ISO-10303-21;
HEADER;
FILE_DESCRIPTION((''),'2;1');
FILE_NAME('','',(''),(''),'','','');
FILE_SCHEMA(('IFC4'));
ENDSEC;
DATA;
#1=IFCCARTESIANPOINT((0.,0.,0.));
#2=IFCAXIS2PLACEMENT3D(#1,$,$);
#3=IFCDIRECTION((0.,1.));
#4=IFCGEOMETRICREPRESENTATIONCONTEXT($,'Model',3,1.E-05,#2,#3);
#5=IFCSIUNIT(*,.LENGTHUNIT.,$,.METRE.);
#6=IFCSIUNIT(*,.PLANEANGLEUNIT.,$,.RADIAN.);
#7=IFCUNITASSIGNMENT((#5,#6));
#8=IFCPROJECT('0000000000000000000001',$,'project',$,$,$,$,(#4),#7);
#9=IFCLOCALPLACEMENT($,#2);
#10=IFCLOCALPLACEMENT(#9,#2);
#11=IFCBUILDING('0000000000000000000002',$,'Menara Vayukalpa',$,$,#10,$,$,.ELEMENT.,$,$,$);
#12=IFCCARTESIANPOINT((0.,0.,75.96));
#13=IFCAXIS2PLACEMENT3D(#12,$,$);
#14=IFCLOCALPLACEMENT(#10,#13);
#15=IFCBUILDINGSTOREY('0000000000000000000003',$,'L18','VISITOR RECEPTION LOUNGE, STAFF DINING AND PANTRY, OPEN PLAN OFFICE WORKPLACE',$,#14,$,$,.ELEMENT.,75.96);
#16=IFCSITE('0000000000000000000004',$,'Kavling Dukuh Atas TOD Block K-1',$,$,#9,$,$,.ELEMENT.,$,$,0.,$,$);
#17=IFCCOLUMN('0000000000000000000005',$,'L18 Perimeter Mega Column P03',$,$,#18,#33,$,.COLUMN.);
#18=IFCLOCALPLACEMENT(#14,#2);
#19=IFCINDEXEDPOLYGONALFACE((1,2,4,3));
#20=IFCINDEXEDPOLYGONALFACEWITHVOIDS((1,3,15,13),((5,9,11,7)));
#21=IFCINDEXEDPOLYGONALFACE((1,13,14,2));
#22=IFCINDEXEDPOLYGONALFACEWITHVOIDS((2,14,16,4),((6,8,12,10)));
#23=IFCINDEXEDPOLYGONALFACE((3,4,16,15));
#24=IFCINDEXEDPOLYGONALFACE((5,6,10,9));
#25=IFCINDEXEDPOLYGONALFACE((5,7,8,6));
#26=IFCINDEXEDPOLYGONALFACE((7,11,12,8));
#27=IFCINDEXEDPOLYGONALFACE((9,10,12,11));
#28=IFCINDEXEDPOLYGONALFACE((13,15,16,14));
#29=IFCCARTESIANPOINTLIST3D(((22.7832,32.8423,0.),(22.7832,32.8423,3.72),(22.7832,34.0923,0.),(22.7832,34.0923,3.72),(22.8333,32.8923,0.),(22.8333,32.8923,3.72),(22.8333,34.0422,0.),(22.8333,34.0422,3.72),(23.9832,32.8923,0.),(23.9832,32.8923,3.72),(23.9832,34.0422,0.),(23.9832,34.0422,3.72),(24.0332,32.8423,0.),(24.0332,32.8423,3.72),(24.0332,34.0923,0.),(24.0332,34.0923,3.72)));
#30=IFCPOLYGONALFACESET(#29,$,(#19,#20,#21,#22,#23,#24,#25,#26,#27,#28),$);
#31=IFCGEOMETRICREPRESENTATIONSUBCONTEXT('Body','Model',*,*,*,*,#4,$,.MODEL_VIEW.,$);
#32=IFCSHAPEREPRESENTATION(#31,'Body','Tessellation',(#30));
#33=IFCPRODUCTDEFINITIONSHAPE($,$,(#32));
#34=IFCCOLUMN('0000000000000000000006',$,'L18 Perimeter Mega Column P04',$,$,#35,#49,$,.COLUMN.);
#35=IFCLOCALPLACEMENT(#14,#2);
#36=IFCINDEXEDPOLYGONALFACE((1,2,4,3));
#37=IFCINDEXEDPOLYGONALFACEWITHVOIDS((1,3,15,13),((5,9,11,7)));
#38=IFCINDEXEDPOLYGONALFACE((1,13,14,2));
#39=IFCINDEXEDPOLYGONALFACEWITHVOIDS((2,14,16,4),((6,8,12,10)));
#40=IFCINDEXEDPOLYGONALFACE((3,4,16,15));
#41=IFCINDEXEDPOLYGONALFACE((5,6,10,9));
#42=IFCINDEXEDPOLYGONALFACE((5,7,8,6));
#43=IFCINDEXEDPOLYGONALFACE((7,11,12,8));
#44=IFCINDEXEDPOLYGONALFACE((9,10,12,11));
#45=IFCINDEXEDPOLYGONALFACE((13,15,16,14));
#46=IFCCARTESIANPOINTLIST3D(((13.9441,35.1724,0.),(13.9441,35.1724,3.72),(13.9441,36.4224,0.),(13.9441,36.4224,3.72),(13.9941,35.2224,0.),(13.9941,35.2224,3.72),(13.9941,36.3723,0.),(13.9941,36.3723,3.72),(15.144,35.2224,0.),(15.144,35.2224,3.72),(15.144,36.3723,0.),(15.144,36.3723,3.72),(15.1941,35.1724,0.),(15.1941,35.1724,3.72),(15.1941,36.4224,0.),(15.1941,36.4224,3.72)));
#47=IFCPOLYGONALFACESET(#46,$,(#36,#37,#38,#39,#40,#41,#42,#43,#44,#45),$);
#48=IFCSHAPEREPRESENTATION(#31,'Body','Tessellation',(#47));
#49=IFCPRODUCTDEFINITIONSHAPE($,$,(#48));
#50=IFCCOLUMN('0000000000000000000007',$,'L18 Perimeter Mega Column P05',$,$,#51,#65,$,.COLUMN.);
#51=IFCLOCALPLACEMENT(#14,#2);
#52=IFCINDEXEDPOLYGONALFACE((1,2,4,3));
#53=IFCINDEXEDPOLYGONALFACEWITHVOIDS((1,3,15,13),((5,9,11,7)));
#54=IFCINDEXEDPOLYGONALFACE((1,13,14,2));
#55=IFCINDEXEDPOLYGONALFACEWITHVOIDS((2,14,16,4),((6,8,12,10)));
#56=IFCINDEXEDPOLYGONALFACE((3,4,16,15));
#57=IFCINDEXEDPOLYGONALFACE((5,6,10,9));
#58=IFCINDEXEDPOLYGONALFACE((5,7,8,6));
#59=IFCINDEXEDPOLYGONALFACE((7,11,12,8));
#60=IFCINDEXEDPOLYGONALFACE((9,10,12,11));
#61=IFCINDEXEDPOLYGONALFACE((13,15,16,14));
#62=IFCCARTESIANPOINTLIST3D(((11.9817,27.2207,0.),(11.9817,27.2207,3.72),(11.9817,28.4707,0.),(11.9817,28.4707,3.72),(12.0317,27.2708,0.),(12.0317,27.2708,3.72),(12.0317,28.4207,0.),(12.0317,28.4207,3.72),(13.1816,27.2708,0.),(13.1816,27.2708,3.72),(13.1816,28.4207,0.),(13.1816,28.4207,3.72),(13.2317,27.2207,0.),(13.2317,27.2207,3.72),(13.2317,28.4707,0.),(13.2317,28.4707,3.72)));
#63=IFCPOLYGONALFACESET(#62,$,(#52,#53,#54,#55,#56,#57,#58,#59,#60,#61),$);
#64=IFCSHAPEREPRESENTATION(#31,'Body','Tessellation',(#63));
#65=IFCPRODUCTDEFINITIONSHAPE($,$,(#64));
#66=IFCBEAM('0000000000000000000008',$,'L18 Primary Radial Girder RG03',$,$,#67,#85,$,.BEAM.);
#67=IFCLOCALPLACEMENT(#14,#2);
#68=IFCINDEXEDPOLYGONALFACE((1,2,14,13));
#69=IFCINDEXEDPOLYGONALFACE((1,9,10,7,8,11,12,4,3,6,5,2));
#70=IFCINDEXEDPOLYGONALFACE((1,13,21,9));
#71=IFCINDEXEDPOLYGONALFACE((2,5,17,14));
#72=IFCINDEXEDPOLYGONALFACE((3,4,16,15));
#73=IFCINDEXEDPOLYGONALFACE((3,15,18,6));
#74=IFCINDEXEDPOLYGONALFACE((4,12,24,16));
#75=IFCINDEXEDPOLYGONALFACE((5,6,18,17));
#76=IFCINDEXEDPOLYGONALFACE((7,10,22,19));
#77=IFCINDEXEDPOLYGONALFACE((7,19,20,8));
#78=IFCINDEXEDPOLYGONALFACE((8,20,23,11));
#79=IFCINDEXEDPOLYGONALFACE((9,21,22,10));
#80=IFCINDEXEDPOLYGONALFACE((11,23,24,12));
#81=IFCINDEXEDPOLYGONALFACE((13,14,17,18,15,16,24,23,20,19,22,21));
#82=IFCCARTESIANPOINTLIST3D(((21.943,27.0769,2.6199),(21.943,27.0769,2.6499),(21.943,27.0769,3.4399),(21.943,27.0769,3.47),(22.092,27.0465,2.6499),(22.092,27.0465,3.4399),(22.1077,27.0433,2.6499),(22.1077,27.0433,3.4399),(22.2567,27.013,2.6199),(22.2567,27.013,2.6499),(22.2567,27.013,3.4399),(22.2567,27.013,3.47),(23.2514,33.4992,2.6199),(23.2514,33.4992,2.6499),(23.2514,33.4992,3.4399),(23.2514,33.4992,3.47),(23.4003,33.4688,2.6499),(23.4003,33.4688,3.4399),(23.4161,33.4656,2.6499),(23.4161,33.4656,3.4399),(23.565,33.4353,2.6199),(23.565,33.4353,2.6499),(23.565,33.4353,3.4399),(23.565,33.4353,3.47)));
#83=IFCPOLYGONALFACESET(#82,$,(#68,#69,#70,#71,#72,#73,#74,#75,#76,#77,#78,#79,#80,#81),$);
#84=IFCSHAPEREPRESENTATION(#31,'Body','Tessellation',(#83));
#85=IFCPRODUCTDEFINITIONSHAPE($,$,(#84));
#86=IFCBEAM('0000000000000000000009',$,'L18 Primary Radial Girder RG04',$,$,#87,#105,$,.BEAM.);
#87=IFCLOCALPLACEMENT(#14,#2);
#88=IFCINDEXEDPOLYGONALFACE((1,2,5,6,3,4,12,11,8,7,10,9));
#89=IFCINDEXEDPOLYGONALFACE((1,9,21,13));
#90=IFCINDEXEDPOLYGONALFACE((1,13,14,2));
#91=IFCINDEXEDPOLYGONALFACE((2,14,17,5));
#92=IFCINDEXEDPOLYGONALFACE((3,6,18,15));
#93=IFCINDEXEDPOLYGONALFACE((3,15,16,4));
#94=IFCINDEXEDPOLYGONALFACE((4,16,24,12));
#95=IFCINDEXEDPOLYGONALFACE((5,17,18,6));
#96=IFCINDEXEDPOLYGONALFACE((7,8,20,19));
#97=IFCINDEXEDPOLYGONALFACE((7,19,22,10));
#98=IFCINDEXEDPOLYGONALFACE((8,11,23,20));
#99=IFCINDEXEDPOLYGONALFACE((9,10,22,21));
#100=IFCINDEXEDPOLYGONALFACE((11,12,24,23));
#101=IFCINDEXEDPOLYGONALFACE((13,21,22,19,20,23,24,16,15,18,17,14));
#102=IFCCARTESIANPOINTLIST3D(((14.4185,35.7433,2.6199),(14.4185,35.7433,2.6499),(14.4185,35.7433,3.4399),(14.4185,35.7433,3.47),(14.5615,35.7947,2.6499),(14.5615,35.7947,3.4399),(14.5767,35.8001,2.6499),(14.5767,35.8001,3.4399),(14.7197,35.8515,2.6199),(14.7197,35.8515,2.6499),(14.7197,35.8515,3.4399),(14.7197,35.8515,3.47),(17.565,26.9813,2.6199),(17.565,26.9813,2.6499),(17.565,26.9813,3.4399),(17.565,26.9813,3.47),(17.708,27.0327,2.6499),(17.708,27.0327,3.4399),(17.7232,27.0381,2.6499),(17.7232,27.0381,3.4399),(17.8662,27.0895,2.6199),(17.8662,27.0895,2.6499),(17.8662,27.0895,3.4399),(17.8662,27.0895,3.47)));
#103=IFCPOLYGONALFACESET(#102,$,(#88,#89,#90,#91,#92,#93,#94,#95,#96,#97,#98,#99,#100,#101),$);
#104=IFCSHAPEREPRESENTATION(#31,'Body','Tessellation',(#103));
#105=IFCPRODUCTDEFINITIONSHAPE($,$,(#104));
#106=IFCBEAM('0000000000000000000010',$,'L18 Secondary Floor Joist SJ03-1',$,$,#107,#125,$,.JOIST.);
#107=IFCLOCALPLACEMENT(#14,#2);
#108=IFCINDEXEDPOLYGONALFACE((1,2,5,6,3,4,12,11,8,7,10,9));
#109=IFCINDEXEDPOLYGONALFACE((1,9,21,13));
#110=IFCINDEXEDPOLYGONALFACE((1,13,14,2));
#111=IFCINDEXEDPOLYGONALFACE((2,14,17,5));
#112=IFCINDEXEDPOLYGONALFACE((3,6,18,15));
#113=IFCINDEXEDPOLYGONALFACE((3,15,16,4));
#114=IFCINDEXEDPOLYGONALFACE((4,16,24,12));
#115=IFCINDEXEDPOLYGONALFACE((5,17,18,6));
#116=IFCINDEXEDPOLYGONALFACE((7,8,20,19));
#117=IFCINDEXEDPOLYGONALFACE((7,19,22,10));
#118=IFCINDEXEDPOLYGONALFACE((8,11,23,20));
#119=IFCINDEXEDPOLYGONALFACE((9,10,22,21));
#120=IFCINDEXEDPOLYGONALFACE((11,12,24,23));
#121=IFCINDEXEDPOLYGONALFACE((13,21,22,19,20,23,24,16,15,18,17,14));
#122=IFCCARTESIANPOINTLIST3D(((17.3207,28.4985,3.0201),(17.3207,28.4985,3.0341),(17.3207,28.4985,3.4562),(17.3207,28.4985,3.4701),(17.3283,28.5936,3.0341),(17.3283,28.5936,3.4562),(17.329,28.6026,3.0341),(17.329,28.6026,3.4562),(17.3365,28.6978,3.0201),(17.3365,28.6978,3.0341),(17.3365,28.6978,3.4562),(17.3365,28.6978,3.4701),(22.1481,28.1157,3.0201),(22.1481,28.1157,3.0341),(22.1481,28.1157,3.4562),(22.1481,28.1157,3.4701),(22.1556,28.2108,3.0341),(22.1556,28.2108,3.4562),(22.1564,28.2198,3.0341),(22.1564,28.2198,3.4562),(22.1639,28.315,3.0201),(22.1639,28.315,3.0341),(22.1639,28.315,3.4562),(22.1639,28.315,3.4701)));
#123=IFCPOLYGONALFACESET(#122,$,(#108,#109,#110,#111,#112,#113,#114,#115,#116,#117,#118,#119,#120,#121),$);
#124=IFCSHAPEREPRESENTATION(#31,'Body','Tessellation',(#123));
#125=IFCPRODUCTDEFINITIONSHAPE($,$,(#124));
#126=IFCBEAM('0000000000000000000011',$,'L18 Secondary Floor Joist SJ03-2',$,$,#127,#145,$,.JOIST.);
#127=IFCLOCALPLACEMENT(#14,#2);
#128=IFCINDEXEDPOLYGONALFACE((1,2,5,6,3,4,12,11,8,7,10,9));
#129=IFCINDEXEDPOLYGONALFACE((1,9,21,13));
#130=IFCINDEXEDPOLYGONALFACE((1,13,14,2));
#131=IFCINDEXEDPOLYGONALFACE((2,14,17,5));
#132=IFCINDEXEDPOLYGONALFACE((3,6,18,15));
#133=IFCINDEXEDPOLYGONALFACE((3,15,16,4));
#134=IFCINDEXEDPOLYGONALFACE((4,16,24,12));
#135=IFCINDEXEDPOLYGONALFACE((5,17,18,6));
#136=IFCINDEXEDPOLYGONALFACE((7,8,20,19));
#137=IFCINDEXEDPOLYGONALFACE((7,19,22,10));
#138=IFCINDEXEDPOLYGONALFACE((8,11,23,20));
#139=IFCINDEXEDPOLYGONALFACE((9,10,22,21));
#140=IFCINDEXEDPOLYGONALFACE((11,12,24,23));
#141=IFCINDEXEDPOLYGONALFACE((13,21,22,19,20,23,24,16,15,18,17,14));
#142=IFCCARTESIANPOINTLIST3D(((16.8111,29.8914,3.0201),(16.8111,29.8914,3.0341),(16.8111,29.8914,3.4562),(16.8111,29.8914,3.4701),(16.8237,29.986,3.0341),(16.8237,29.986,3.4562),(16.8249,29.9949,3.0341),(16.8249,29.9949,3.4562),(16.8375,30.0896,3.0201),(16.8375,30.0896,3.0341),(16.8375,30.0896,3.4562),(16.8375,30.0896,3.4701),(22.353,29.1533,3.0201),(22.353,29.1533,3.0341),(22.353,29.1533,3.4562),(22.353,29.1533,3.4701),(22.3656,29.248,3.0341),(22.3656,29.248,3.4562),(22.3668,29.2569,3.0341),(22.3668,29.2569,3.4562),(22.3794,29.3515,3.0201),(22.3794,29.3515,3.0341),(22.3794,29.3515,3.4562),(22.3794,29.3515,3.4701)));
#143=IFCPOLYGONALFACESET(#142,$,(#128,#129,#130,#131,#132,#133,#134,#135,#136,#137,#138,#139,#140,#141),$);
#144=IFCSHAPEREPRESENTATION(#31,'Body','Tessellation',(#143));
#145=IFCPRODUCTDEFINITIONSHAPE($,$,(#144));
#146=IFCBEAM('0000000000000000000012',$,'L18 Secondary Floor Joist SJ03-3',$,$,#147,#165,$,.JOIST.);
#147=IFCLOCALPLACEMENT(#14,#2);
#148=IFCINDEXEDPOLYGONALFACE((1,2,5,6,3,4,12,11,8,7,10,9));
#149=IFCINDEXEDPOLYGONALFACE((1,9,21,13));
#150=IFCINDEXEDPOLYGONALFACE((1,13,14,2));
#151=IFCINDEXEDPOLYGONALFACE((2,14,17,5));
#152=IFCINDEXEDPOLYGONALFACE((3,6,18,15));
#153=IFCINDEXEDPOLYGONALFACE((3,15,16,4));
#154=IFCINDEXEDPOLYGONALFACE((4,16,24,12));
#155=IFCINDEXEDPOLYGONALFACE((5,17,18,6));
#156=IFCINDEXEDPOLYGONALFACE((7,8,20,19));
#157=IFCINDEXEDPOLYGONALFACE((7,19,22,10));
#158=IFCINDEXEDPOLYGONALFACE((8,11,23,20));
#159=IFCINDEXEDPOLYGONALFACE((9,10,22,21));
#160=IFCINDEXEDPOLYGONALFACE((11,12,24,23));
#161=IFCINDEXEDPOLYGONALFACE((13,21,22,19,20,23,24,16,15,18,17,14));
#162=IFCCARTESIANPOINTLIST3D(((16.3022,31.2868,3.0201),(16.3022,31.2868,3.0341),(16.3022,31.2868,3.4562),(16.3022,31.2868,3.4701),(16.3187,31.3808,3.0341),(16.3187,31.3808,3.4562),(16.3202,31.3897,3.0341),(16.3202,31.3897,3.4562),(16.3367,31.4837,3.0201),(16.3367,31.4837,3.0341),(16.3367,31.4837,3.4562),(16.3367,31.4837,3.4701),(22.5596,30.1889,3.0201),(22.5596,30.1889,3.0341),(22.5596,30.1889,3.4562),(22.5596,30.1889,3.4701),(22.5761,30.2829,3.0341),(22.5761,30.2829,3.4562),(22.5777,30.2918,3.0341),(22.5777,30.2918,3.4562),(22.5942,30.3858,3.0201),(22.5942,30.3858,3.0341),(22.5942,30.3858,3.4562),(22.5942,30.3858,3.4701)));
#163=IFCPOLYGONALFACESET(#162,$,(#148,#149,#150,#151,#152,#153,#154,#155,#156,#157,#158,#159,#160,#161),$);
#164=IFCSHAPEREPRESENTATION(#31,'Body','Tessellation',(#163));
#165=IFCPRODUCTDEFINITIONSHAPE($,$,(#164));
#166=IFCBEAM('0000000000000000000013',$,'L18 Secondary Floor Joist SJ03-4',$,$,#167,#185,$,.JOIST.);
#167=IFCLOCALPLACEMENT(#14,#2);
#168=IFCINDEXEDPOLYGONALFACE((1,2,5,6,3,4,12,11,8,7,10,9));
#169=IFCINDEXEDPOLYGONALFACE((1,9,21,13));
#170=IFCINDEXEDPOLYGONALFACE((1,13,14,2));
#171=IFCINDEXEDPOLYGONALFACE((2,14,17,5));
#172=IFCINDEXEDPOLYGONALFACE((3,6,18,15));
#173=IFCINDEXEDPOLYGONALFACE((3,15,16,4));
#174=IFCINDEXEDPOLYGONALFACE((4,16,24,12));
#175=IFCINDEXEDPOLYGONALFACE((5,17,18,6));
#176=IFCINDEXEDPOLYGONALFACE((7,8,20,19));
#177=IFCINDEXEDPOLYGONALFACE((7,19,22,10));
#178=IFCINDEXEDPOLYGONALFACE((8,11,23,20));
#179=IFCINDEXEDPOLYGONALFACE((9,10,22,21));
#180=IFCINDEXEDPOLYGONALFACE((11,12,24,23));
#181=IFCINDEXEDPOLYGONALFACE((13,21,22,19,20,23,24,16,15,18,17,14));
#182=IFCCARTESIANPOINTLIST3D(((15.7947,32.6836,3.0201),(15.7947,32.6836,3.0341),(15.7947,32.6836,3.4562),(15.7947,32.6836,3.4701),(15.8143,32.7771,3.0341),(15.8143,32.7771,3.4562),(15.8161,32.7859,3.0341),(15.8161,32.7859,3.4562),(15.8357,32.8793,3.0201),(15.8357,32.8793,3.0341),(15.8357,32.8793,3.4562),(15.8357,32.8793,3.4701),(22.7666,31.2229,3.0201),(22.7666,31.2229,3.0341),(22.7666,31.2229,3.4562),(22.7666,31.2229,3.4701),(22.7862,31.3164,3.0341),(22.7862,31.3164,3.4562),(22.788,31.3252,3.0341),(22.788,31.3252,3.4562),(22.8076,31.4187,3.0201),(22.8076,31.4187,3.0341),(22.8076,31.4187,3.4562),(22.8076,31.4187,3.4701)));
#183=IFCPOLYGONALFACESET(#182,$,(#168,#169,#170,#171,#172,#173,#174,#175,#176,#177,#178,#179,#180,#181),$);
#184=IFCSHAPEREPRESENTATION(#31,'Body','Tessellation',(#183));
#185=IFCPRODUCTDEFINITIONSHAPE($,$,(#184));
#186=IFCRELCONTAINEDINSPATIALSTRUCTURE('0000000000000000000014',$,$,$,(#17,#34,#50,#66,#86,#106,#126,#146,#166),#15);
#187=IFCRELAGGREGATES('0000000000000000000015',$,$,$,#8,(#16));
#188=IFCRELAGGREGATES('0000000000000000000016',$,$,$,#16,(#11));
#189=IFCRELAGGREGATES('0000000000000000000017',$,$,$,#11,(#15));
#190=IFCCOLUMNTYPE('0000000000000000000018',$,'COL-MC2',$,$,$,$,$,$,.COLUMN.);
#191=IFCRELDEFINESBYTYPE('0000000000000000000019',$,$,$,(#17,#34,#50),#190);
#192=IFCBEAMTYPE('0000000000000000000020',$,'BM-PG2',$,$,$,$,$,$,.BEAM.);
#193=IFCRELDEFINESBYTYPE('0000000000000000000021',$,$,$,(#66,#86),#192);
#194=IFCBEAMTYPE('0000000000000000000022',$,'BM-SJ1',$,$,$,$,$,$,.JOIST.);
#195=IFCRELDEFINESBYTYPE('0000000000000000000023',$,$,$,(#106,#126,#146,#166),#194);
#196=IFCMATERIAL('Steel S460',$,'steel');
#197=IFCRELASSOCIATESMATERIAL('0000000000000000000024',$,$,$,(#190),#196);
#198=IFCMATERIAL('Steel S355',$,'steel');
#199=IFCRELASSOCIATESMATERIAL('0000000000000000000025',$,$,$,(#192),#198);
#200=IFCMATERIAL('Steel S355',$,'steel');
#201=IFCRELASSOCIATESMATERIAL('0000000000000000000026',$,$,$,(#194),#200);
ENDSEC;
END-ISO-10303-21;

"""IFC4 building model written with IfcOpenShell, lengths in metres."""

from ifc_helpers import new_model, si_unit, direction, frame, origin, origin_2d, place, context, subcontext, project, spatial, hollow_rectangle, i_section, extrude, material, material_profile, profile_set, type_object, element, save


model = new_model("IFC4")

# Units and contexts
model_context = context("Model", 3, precision=1e-05, world=origin(), true_north=direction((0.0, 1.0)))
body_context = subcontext(model_context, "Body", "Model", "MODEL_VIEW")
ifc_project = project(units=[si_unit("LENGTHUNIT", "METRE"), si_unit("PLANEANGLEUNIT", "RADIAN")], contexts=[model_context])

# Site, building, storey
site_placement = place(None, origin())
site = spatial("IfcSite", under=ifc_project, at=site_placement, Name="Kavling Dukuh Atas TOD Block K-1", CompositionType="ELEMENT", RefElevation=0.0)
building_placement = place(site_placement, origin())
building = spatial("IfcBuilding", under=site, at=building_placement, Name="Menara Vayukalpa", CompositionType="ELEMENT")
storey_placement = place(building_placement, frame((0.0, 0.0, 75.96)))
storey = spatial("IfcBuildingStorey", under=building, at=storey_placement, Name="L18", Description="VISITOR RECEPTION LOUNGE, STAFF DINING AND PANTRY, OPEN PLAN OFFICE WORKPLACE", CompositionType="ELEMENT", Elevation=75.96)

# Columns
ifc_material_1 = material(Name="Steel S460", Category="steel")
ifc_material_profile_1 = material_profile(ifc_material_1, hollow_rectangle(XDim=1.25, YDim=1.25, WallThickness=0.05, at=origin_2d()), Name="BOX 1250x1250x50")
ifc_profile_set_1 = profile_set([ifc_material_profile_1], Name="Steel S460")
column_type = type_object("IfcColumnType", Name="COL-MC2", PredefinedType="COLUMN", material=ifc_profile_set_1)
for number, where, z_axis, x_axis, name in (
    (1, (23.4082, 33.4673, 0.0), (0.0, 0.0, 1.0), (1.0, 0.0, 0.0), "L18 Perimeter Mega Column P03"),
    (2, (14.5691, 35.7974, 0.0), (0.0, 0.0, 1.0), (1.0, 0.0, 0.0), "L18 Perimeter Mega Column P04"),
    (3, (12.6067, 27.8457, 0.0), (0.0, 0.0, 1.0), (1.0, 0.0, 0.0), "L18 Perimeter Mega Column P05"),
):
    element("IfcColumn", number, at=place(storey_placement, frame(where, z_axis=z_axis, x_axis=x_axis)), inside=storey, type_object=column_type, Name=name, PredefinedType="COLUMN", context=body_context, shape_type="SweptSolid", body=[
        extrude(hollow_rectangle(XDim=1.25, YDim=1.25, WallThickness=0.05, at=origin_2d()), origin(), (0.0, 0.0, 1.0), 3.72),
    ])

# Beams
ifc_material_2 = material(Name="Steel S355", Category="steel")
ifc_material_profile_2 = material_profile(ifc_material_2, i_section(OverallWidth=0.3201, OverallDepth=0.8501, WebThickness=0.0161, FlangeThickness=0.03, at=origin_2d()), Name="WF 850x320x16x30")
ifc_profile_set_2 = profile_set([ifc_material_profile_2], Name="Steel S355")
beam_type_1 = type_object("IfcBeamType", Name="BM-PG2", PredefinedType="BEAM", material=ifc_profile_set_2)
beam_1_placement = place(storey_placement, frame((22.0999, 27.0449, 3.0449), z_axis=(0.199618, 0.979874, 0.0), x_axis=(-0.979874, 0.199618, 0.0)))
element("IfcBeam", 4, at=beam_1_placement, inside=storey, type_object=beam_type_1, Name="L18 Primary Radial Girder RG03", PredefinedType="BEAM", context=body_context, shape_type="SweptSolid", body=[
    extrude(i_section(OverallWidth=0.3201, OverallDepth=0.8501, WebThickness=0.0161, FlangeThickness=0.03, at=origin_2d()), origin(), (0.0, 0.0, 1.0), 6.5542),
])
beam_2_placement = place(storey_placement, frame((17.7156, 27.0354, 3.0449), z_axis=(-0.337976, 0.941155, 0.0), x_axis=(-0.941155, -0.337976, 0.0)))
element("IfcBeam", 5, at=beam_2_placement, inside=storey, type_object=beam_type_1, Name="L18 Primary Radial Girder RG04", PredefinedType="BEAM", context=body_context, shape_type="SweptSolid", body=[
    extrude(i_section(OverallWidth=0.3201, OverallDepth=0.8501, WebThickness=0.0161, FlangeThickness=0.03, at=origin_2d()), origin(), (0.0, 0.0, 1.0), 9.3098),
])
ifc_material_3 = material(Name="Steel S355", Category="steel")
ifc_material_profile_3 = material_profile(ifc_material_3, i_section(OverallWidth=0.2, OverallDepth=0.45, WebThickness=0.009, FlangeThickness=0.0139, at=origin_2d()), Name="WF 450x200x9x14")
ifc_profile_set_3 = profile_set([ifc_material_profile_3], Name="Steel S355")
beam_type_2 = type_object("IfcBeamType", Name="BM-SJ1", PredefinedType="JOIST", material=ifc_profile_set_3)
beam_3_placement = place(storey_placement, frame((22.156, 28.2153, 3.2451), z_axis=(-0.996871, 0.079052, 0.0), x_axis=(-0.079052, -0.996871, 0.0)))
element("IfcBeam", 6, at=beam_3_placement, inside=storey, type_object=beam_type_2, Name="L18 Secondary Floor Joist SJ03-1", PredefinedType="JOIST", context=body_context, shape_type="SweptSolid", body=[
    extrude(i_section(OverallWidth=0.2, OverallDepth=0.45, WebThickness=0.009, FlangeThickness=0.0139, at=origin_2d()), origin(), (0.0, 0.0, 1.0), 4.8425),
])
beam_4_placement = place(storey_placement, frame((22.3662, 29.2524, 3.2451), z_axis=(-0.991249, 0.132006, 0.0), x_axis=(-0.132006, -0.991249, 0.0)))
element("IfcBeam", 7, at=beam_4_placement, inside=storey, type_object=beam_type_2, Name="L18 Secondary Floor Joist SJ03-2", PredefinedType="JOIST", context=body_context, shape_type="SweptSolid", body=[
    extrude(i_section(OverallWidth=0.2, OverallDepth=0.45, WebThickness=0.009, FlangeThickness=0.0139, at=origin_2d()), origin(), (0.0, 0.0, 1.0), 5.5908),
])
beam_5_placement = place(storey_placement, frame((22.5769, 30.2874, 3.2451), z_axis=(-0.984954, 0.172818, 0.0), x_axis=(-0.172818, -0.984954, 0.0)))
element("IfcBeam", 8, at=beam_5_placement, inside=storey, type_object=beam_type_2, Name="L18 Secondary Floor Joist SJ03-3", PredefinedType="JOIST", context=body_context, shape_type="SweptSolid", body=[
    extrude(i_section(OverallWidth=0.2, OverallDepth=0.45, WebThickness=0.009, FlangeThickness=0.0139, at=origin_2d()), origin(), (0.0, 0.0, 1.0), 6.353),
])
beam_6_placement = place(storey_placement, frame((22.7871, 31.3208, 3.2451), z_axis=(-0.97875, 0.205059, 0.0), x_axis=(-0.205059, -0.97875, 0.0)))
element("IfcBeam", 9, at=beam_6_placement, inside=storey, type_object=beam_type_2, Name="L18 Secondary Floor Joist SJ03-4", PredefinedType="JOIST", context=body_context, shape_type="SweptSolid", body=[
    extrude(i_section(OverallWidth=0.2, OverallDepth=0.45, WebThickness=0.009, FlangeThickness=0.0139, at=origin_2d()), origin(), (0.0, 0.0, 1.0), 7.1233),
])

save(model, "model.ifc")
